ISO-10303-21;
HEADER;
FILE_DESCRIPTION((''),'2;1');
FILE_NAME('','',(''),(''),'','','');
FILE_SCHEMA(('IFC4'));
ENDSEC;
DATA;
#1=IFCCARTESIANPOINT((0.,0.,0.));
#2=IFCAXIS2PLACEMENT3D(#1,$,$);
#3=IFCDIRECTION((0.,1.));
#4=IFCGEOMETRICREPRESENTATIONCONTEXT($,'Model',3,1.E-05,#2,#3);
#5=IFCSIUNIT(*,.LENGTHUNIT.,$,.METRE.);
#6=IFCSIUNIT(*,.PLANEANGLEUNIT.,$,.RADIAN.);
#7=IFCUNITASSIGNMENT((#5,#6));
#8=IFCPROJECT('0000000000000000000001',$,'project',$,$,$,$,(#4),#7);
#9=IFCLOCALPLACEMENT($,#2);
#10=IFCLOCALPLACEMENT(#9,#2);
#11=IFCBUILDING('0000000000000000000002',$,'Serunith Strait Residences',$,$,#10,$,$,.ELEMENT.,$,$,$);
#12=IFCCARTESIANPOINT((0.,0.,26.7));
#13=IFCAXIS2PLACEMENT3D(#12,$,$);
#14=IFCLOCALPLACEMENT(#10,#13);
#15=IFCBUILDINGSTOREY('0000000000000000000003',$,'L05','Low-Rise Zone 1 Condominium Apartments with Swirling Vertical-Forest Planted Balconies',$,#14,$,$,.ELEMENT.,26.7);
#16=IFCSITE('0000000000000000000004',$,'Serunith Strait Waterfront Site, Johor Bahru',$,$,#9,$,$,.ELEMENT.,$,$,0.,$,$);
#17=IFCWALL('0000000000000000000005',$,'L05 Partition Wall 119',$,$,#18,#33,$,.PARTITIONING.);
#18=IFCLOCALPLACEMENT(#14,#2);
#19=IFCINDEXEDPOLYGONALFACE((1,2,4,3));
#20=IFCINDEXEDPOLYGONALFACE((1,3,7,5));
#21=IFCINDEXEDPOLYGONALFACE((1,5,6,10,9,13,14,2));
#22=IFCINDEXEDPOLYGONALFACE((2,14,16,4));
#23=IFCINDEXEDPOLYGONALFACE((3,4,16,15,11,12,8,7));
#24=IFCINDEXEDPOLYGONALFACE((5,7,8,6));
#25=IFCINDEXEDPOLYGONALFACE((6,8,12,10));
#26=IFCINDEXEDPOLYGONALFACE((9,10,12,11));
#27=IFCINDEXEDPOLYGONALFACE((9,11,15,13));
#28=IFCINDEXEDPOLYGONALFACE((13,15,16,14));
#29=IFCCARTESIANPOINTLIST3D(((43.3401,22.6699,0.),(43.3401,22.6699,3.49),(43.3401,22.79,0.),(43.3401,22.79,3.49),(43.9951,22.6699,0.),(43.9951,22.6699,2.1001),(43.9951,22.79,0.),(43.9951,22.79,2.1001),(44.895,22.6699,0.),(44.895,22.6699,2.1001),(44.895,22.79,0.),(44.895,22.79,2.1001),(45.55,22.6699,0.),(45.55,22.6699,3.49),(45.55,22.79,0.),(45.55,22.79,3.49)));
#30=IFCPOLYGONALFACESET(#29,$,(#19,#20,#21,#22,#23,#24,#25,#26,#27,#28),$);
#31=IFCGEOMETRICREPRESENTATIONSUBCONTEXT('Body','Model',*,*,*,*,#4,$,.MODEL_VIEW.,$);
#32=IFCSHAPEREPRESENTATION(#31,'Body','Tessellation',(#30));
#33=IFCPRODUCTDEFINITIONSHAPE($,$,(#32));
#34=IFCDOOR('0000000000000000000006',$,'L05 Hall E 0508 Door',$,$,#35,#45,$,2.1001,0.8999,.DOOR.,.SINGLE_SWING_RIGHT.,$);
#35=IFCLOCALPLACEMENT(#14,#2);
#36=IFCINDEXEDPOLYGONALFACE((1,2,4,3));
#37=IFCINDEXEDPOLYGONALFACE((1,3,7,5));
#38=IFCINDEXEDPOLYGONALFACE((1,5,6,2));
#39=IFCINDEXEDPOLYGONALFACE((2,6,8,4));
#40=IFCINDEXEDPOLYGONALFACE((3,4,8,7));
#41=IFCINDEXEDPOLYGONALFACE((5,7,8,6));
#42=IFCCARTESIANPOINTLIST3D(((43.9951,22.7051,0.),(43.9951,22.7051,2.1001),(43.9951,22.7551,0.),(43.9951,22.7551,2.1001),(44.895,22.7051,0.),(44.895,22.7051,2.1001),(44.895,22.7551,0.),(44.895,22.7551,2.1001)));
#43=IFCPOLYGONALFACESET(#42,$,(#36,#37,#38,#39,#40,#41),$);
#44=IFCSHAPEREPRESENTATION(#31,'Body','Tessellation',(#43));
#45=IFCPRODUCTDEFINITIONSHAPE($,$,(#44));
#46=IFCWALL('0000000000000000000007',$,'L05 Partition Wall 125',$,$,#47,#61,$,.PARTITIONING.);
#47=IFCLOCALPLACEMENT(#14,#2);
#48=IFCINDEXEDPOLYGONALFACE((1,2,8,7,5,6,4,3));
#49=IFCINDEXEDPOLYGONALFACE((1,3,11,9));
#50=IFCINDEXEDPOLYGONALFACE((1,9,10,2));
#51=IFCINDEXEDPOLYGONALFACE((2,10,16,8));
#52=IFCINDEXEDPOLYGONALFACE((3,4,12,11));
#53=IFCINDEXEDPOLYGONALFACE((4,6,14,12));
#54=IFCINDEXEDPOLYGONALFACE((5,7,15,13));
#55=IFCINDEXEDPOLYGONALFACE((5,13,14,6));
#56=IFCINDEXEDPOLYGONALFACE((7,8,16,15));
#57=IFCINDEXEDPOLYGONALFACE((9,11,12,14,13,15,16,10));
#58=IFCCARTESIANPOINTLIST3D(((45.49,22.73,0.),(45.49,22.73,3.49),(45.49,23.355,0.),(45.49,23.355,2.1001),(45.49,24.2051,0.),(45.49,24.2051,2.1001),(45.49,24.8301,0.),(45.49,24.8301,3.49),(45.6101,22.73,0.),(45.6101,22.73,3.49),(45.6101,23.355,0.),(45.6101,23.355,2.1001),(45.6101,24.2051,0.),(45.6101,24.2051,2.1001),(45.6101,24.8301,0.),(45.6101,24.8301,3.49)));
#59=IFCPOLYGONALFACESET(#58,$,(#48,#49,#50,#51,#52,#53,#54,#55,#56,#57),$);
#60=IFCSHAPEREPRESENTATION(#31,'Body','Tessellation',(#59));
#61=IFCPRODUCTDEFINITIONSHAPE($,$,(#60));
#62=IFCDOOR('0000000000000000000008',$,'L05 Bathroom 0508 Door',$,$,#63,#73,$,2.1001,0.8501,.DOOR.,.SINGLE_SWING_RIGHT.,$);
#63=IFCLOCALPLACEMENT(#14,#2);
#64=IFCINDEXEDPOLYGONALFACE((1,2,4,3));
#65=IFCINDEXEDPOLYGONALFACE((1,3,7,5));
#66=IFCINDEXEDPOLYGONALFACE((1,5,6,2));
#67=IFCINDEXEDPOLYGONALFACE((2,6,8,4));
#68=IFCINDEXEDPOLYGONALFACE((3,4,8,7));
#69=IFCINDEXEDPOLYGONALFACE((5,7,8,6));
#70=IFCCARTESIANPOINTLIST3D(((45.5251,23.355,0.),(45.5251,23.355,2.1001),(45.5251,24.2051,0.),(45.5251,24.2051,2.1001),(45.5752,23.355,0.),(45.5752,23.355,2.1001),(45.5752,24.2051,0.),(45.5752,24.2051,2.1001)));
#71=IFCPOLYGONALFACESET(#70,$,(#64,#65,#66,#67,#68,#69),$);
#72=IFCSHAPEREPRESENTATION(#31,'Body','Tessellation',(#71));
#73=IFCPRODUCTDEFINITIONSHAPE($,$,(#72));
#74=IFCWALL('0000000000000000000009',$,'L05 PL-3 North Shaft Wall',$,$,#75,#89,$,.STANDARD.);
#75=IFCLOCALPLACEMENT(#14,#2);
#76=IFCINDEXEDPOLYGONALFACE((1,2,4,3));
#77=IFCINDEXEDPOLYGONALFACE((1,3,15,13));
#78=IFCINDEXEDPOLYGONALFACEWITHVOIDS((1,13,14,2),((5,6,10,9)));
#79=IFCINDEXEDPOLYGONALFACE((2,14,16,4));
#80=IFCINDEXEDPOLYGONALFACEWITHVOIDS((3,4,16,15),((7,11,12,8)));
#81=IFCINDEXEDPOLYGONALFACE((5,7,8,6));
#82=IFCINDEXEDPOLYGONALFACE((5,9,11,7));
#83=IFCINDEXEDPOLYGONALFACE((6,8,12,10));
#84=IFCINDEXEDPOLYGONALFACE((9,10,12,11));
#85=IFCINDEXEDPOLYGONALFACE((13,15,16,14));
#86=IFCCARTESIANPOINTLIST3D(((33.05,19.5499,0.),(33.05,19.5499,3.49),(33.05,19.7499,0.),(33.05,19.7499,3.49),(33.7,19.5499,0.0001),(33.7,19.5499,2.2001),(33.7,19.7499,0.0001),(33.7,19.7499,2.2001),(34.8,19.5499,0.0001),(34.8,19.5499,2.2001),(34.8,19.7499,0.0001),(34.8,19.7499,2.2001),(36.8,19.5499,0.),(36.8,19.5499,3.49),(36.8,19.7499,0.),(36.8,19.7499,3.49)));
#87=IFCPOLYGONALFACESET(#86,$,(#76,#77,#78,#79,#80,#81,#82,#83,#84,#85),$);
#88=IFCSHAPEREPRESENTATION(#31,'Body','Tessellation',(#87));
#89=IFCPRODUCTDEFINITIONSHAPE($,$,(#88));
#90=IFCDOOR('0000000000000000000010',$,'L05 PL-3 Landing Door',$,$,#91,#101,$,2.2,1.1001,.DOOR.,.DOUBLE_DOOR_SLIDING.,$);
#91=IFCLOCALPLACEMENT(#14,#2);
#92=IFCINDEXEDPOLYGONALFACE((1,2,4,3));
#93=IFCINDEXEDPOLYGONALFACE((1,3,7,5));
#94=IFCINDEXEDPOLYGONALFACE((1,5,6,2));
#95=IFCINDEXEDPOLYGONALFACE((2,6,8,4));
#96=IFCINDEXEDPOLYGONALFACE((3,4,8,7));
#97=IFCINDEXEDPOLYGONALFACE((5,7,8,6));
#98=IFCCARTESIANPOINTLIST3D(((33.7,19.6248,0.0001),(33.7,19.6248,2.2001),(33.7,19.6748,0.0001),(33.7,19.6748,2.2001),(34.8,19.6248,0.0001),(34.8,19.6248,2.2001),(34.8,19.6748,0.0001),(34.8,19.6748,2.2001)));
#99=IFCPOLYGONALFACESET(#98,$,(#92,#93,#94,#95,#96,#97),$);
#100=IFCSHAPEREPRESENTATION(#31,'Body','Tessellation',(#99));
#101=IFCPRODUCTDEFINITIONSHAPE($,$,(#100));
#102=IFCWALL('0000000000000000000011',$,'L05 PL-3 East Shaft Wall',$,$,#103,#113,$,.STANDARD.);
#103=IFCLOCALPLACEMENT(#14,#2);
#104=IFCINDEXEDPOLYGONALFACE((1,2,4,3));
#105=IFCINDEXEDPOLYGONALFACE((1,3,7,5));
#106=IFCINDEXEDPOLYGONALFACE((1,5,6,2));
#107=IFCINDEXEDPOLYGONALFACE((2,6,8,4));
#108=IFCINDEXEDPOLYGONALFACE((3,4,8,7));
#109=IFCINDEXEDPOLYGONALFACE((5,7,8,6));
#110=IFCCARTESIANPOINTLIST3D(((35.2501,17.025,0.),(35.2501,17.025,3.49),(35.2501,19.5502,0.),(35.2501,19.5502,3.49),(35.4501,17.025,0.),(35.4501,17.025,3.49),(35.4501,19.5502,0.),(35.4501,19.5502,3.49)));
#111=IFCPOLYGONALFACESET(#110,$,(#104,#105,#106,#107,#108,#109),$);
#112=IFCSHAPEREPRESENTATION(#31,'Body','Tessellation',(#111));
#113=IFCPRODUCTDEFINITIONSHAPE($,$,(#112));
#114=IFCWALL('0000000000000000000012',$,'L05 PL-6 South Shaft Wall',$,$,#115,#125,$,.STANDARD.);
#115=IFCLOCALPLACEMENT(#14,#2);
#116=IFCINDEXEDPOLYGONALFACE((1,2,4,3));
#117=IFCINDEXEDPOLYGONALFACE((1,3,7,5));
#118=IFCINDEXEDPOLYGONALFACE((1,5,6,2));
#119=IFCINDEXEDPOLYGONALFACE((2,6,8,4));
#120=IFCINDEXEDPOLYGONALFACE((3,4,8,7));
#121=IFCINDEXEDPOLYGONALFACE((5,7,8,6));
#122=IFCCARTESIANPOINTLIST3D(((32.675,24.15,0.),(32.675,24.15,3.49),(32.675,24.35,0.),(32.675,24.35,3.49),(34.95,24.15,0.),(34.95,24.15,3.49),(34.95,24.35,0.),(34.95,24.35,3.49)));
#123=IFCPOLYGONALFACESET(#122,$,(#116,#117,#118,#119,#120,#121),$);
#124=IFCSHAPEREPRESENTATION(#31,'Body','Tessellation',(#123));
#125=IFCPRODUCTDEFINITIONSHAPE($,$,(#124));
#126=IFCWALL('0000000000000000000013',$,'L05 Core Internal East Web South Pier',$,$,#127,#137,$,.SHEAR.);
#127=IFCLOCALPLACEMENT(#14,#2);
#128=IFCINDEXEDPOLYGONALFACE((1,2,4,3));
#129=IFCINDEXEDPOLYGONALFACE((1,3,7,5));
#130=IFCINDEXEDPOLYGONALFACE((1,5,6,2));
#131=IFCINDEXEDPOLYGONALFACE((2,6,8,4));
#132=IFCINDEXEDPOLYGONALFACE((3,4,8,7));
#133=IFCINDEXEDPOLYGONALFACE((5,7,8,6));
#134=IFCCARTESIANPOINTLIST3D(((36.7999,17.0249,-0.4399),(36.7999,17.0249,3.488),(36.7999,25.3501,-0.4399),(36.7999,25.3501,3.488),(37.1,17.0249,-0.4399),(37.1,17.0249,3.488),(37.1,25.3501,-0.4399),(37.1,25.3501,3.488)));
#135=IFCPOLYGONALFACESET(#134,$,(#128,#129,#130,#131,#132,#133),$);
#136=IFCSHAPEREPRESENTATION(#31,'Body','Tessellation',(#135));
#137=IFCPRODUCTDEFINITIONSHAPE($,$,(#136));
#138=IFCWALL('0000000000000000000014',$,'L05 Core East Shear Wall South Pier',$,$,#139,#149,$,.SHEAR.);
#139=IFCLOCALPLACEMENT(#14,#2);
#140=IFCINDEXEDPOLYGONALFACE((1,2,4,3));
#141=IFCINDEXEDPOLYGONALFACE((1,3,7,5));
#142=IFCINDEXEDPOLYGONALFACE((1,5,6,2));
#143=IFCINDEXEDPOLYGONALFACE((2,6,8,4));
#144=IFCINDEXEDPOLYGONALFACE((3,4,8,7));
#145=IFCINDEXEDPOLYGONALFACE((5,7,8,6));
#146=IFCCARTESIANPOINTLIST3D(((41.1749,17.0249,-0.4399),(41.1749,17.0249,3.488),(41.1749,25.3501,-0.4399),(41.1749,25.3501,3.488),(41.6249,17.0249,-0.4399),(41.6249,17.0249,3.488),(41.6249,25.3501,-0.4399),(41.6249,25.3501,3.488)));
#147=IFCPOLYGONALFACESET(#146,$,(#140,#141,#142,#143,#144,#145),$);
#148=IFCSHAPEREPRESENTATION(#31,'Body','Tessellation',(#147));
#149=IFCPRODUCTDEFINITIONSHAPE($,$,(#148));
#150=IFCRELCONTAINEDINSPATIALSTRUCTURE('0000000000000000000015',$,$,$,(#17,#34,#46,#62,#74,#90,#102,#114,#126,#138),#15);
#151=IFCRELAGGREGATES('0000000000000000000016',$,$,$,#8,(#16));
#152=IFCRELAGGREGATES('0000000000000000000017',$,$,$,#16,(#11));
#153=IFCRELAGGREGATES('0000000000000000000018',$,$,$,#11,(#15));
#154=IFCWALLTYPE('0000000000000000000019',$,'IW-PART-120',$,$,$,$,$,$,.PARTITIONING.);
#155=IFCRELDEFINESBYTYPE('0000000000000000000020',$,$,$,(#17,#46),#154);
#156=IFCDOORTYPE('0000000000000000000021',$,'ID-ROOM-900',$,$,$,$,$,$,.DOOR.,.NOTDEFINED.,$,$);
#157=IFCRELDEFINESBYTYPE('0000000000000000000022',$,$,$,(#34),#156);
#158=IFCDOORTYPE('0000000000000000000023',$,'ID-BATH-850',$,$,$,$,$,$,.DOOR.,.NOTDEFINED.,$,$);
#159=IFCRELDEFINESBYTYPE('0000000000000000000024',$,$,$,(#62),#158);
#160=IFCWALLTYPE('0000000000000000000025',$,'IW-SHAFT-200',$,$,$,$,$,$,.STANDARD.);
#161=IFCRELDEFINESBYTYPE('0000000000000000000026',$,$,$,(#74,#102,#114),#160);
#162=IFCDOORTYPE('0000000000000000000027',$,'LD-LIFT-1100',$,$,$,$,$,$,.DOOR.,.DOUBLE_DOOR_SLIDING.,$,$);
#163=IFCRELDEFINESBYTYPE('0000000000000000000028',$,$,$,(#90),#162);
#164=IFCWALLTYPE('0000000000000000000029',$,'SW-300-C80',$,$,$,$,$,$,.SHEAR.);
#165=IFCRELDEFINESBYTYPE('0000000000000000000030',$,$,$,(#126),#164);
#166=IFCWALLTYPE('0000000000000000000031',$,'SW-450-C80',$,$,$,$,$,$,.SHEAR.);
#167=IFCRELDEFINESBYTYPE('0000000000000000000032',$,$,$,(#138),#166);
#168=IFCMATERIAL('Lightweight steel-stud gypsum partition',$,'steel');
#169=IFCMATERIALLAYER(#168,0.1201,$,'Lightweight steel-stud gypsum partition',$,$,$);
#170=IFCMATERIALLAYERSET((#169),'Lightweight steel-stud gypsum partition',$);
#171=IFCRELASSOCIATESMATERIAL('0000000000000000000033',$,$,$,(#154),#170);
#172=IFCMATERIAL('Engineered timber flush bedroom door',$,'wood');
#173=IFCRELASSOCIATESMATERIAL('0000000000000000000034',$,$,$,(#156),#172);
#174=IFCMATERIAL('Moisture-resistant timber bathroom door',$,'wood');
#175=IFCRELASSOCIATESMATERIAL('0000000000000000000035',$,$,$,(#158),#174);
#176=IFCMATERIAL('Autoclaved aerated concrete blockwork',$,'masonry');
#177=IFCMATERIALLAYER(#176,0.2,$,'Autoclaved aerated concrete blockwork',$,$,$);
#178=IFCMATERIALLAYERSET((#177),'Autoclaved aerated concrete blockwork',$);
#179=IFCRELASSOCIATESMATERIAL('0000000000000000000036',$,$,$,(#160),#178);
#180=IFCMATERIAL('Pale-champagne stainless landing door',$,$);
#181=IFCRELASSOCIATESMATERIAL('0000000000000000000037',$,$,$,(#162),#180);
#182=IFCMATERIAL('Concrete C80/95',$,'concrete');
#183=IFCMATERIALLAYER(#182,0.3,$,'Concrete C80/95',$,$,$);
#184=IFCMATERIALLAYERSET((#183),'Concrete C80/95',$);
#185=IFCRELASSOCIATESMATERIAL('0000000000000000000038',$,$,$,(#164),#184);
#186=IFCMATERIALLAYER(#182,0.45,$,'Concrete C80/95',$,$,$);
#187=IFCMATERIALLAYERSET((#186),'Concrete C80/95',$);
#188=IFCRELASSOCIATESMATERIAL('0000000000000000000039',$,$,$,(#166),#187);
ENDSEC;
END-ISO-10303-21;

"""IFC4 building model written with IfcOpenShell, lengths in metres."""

from ifc_helpers import new_model, si_unit, direction, frame, frame_2d, origin, place, context, subcontext, project, spatial, rectangle, extrude, source, transform, mapped, material, layer, layer_set, type_object, element, fill, save


model = new_model("IFC4")

# Units and contexts
model_context = context("Model", 3, precision=1e-05, world=origin(), true_north=direction((0.0, 1.0)))
body_context = subcontext(model_context, "Body", "Model", "MODEL_VIEW")
ifc_project = project(units=[si_unit("LENGTHUNIT", "METRE"), si_unit("PLANEANGLEUNIT", "RADIAN")], contexts=[model_context])

# Site, building, storey
site_placement = place(None, origin())
site = spatial("IfcSite", under=ifc_project, at=site_placement, Name="Serunith Strait Waterfront Site, Johor Bahru", CompositionType="ELEMENT", RefElevation=0.0)
building_placement = place(site_placement, origin())
building = spatial("IfcBuilding", under=site, at=building_placement, Name="Serunith Strait Residences", CompositionType="ELEMENT")
storey_placement = place(building_placement, frame((0.0, 0.0, 26.7)))
storey = spatial("IfcBuildingStorey", under=building, at=storey_placement, Name="L05", Description="Low-Rise Zone 1 Condominium Apartments with Swirling Vertical-Forest Planted Balconies", CompositionType="ELEMENT", Elevation=26.7)

# Walls, openings, doors
ifc_material_1 = material(Name="Lightweight steel-stud gypsum partition", Category="steel")
ifc_layer_1 = layer(ifc_material_1, 0.1201, Name="Lightweight steel-stud gypsum partition")
ifc_layer_set_1 = layer_set([ifc_layer_1], Name="Lightweight steel-stud gypsum partition")
wall_type_1 = type_object("IfcWallType", Name="IW-PART-120", PredefinedType="PARTITIONING", material=ifc_layer_set_1)
wall_1_placement = place(storey_placement, frame((45.55, 22.73, 0.0), z_axis=(0.0, 0.0, 1.0), x_axis=(-1.0, 0.0, 0.0)))
wall_1 = element("IfcWall", 1, at=wall_1_placement, inside=storey, type_object=wall_type_1, Name="L05 Partition Wall 119", PredefinedType="PARTITIONING", context=body_context, shape_type="SweptSolid", body=[
    extrude(rectangle(XDim=2.21, YDim=0.1201, at=frame_2d((1.105, 0.0))), origin(), (0.0, 0.0, 1.0), 3.49),
])
opening_1_placement = place(wall_1_placement, frame((0.655, 0.0, 0.0)))
opening_1 = element("IfcOpeningElement", 2, at=opening_1_placement, cuts=wall_1, PredefinedType="OPENING", context=body_context, shape_type="SweptSolid", body=[
    extrude(rectangle(XDim=0.8999, YDim=2.1001, at=frame_2d((0.45, 1.05))), frame((0.0, 0.0701, 0.0), z_axis=(0.0, -1.0, 0.0), x_axis=(1.0, 0.0, 0.0)), (0.0, 0.0, 1.0), 0.1401),
])
ifc_material_2 = material(Name="Engineered timber flush bedroom door", Category="wood")
door_type_1 = type_object("IfcDoorType", Name="ID-ROOM-900", OperationType="NOTDEFINED", PredefinedType="DOOR", material=ifc_material_2)
shared_shape_1 = source(origin(), body_context, "Body", "SweptSolid", [
    extrude(rectangle(XDim=0.8999, YDim=2.1001, at=frame_2d((0.45, 1.05))), frame((0.0, 0.0249, 0.0), z_axis=(0.0, -1.0, 0.0), x_axis=(1.0, 0.0, 0.0)), (0.0, 0.0, 1.0), 0.05),
])
door_1_placement = place(opening_1_placement, origin())
door_1 = element("IfcDoor", 3, at=door_1_placement, inside=storey, type_object=door_type_1, Name="L05 Hall E 0508 Door", OperationType="SINGLE_SWING_RIGHT", OverallHeight=2.1001, OverallWidth=0.8999, PredefinedType="DOOR", context=body_context, shape_type="MappedRepresentation", body=[
    mapped(shared_shape_1, transform((0.0, 0.0, 0.0), scale=1.0)),
])
fill(opening_1, door_1)
wall_2_placement = place(storey_placement, frame((45.55, 22.73, 0.0), z_axis=(0.0, 0.0, 1.0), x_axis=(0.0, 1.0, 0.0)))
wall_2 = element("IfcWall", 4, at=wall_2_placement, inside=storey, type_object=wall_type_1, Name="L05 Partition Wall 125", PredefinedType="PARTITIONING", context=body_context, shape_type="SweptSolid", body=[
    extrude(rectangle(XDim=2.1001, YDim=0.1201, at=frame_2d((1.05, 0.0))), origin(), (0.0, 0.0, 1.0), 3.49),
])
opening_2_placement = place(wall_2_placement, frame((0.625, 0.0, 0.0)))
opening_2 = element("IfcOpeningElement", 5, at=opening_2_placement, cuts=wall_2, PredefinedType="OPENING", context=body_context, shape_type="SweptSolid", body=[
    extrude(rectangle(XDim=0.8501, YDim=2.1001, at=frame_2d((0.425, 1.05))), frame((0.0, 0.0701, 0.0), z_axis=(0.0, -1.0, 0.0), x_axis=(1.0, 0.0, 0.0)), (0.0, 0.0, 1.0), 0.1401),
])
ifc_material_3 = material(Name="Moisture-resistant timber bathroom door", Category="wood")
door_type_2 = type_object("IfcDoorType", Name="ID-BATH-850", OperationType="NOTDEFINED", PredefinedType="DOOR", material=ifc_material_3)
shared_shape_2 = source(origin(), body_context, "Body", "SweptSolid", [
    extrude(rectangle(XDim=0.8501, YDim=2.1001, at=frame_2d((0.425, 1.05))), frame((0.0, 0.0249, 0.0), z_axis=(0.0, -1.0, 0.0), x_axis=(1.0, 0.0, 0.0)), (0.0, 0.0, 1.0), 0.05),
])
door_2_placement = place(opening_2_placement, origin())
door_2 = element("IfcDoor", 6, at=door_2_placement, inside=storey, type_object=door_type_2, Name="L05 Bathroom 0508 Door", OperationType="SINGLE_SWING_RIGHT", OverallHeight=2.1001, OverallWidth=0.8501, PredefinedType="DOOR", context=body_context, shape_type="MappedRepresentation", body=[
    mapped(shared_shape_2, transform((0.0, 0.0, 0.0), scale=1.0)),
])
fill(opening_2, door_2)
ifc_material_4 = material(Name="Autoclaved aerated concrete blockwork", Category="masonry")
ifc_layer_2 = layer(ifc_material_4, 0.2, Name="Autoclaved aerated concrete blockwork")
ifc_layer_set_2 = layer_set([ifc_layer_2], Name="Autoclaved aerated concrete blockwork")
wall_type_2 = type_object("IfcWallType", Name="IW-SHAFT-200", PredefinedType="STANDARD", material=ifc_layer_set_2)
wall_3_placement = place(storey_placement, frame((33.05, 19.6499, 0.0), z_axis=(0.0, 0.0, 1.0), x_axis=(1.0, 0.0, 0.0)))
wall_3 = element("IfcWall", 7, at=wall_3_placement, inside=storey, type_object=wall_type_2, Name="L05 PL-3 North Shaft Wall", PredefinedType="STANDARD", context=body_context, shape_type="SweptSolid", body=[
    extrude(rectangle(XDim=3.75, YDim=0.2, at=frame_2d((1.875, 0.0))), origin(), (0.0, 0.0, 1.0), 3.49),
])
opening_3_placement = place(wall_3_placement, frame((0.6499, 0.0, 0.0)))
opening_3 = element("IfcOpeningElement", 8, at=opening_3_placement, cuts=wall_3, PredefinedType="OPENING", context=body_context, shape_type="SweptSolid", body=[
    extrude(rectangle(XDim=1.1001, YDim=2.2, at=frame_2d((0.55, 1.1001))), frame((0.0, 0.1099, 0.0), z_axis=(0.0, -1.0, 0.0), x_axis=(1.0, 0.0, 0.0)), (0.0, 0.0, 1.0), 0.22),
])
ifc_material_5 = material(Name="Pale-champagne stainless landing door")
door_type_3 = type_object("IfcDoorType", Name="LD-LIFT-1100", OperationType="DOUBLE_DOOR_SLIDING", PredefinedType="DOOR", material=ifc_material_5)
shared_shape_3 = source(origin(), body_context, "Body", "SweptSolid", [
    extrude(rectangle(XDim=1.1001, YDim=2.2, at=frame_2d((0.55, 1.1001))), frame((0.0, 0.0249, 0.0), z_axis=(0.0, -1.0, 0.0), x_axis=(1.0, 0.0, 0.0)), (0.0, 0.0, 1.0), 0.05),
])
door_3_placement = place(opening_3_placement, origin())
door_3 = element("IfcDoor", 9, at=door_3_placement, inside=storey, type_object=door_type_3, Name="L05 PL-3 Landing Door", OperationType="DOUBLE_DOOR_SLIDING", OverallHeight=2.2, OverallWidth=1.1001, PredefinedType="DOOR", context=body_context, shape_type="MappedRepresentation", body=[
    mapped(shared_shape_3, transform((0.0, 0.0, 0.0), scale=1.0)),
])
fill(opening_3, door_3)

# Walls
wall_4_placement = place(storey_placement, frame((35.3501, 17.0249, 0.0), z_axis=(0.0, 0.0, 1.0), x_axis=(0.0, 1.0, 0.0)))
element("IfcWall", 10, at=wall_4_placement, inside=storey, type_object=wall_type_2, Name="L05 PL-3 East Shaft Wall", PredefinedType="STANDARD", context=body_context, shape_type="SweptSolid", body=[
    extrude(rectangle(XDim=2.5251, YDim=0.2, at=frame_2d((1.2627, 0.0))), origin(), (0.0, 0.0, 1.0), 3.49),
])
wall_5_placement = place(storey_placement, frame((32.675, 24.25, 0.0), z_axis=(0.0, 0.0, 1.0), x_axis=(1.0, 0.0, 0.0)))
element("IfcWall", 11, at=wall_5_placement, inside=storey, type_object=wall_type_2, Name="L05 PL-6 South Shaft Wall", PredefinedType="STANDARD", context=body_context, shape_type="SweptSolid", body=[
    extrude(rectangle(XDim=2.2749, YDim=0.2, at=frame_2d((1.1375, 0.0))), origin(), (0.0, 0.0, 1.0), 3.49),
])
ifc_material_6 = material(Name="Concrete C80/95", Category="concrete")
ifc_layer_3 = layer(ifc_material_6, 0.3, Name="Concrete C80/95")
ifc_layer_set_3 = layer_set([ifc_layer_3], Name="Concrete C80/95")
wall_type_3 = type_object("IfcWallType", Name="SW-300-C80", PredefinedType="SHEAR", material=ifc_layer_set_3)
wall_6_placement = place(storey_placement, frame((36.95, 17.0249, -0.4399), z_axis=(0.0, 0.0, 1.0), x_axis=(0.0, 1.0, 0.0)))
element("IfcWall", 12, at=wall_6_placement, inside=storey, type_object=wall_type_3, Name="L05 Core Internal East Web South Pier", PredefinedType="SHEAR", context=body_context, shape_type="SweptSolid", body=[
    extrude(rectangle(XDim=8.3252, YDim=0.3, at=frame_2d((4.1626, 0.0))), origin(), (0.0, 0.0, 1.0), 3.928),
])
ifc_layer_4 = layer(ifc_material_6, 0.45, Name="Concrete C80/95")
ifc_layer_set_4 = layer_set([ifc_layer_4], Name="Concrete C80/95")
wall_type_4 = type_object("IfcWallType", Name="SW-450-C80", PredefinedType="SHEAR", material=ifc_layer_set_4)
wall_7_placement = place(storey_placement, frame((41.3999, 17.0249, -0.4399), z_axis=(0.0, 0.0, 1.0), x_axis=(0.0, 1.0, 0.0)))
element("IfcWall", 13, at=wall_7_placement, inside=storey, type_object=wall_type_4, Name="L05 Core East Shear Wall South Pier", PredefinedType="SHEAR", context=body_context, shape_type="SweptSolid", body=[
    extrude(rectangle(XDim=8.3252, YDim=0.45, at=frame_2d((4.1626, 0.0))), origin(), (0.0, 0.0, 1.0), 3.928),
])

save(model, "model.ifc")
